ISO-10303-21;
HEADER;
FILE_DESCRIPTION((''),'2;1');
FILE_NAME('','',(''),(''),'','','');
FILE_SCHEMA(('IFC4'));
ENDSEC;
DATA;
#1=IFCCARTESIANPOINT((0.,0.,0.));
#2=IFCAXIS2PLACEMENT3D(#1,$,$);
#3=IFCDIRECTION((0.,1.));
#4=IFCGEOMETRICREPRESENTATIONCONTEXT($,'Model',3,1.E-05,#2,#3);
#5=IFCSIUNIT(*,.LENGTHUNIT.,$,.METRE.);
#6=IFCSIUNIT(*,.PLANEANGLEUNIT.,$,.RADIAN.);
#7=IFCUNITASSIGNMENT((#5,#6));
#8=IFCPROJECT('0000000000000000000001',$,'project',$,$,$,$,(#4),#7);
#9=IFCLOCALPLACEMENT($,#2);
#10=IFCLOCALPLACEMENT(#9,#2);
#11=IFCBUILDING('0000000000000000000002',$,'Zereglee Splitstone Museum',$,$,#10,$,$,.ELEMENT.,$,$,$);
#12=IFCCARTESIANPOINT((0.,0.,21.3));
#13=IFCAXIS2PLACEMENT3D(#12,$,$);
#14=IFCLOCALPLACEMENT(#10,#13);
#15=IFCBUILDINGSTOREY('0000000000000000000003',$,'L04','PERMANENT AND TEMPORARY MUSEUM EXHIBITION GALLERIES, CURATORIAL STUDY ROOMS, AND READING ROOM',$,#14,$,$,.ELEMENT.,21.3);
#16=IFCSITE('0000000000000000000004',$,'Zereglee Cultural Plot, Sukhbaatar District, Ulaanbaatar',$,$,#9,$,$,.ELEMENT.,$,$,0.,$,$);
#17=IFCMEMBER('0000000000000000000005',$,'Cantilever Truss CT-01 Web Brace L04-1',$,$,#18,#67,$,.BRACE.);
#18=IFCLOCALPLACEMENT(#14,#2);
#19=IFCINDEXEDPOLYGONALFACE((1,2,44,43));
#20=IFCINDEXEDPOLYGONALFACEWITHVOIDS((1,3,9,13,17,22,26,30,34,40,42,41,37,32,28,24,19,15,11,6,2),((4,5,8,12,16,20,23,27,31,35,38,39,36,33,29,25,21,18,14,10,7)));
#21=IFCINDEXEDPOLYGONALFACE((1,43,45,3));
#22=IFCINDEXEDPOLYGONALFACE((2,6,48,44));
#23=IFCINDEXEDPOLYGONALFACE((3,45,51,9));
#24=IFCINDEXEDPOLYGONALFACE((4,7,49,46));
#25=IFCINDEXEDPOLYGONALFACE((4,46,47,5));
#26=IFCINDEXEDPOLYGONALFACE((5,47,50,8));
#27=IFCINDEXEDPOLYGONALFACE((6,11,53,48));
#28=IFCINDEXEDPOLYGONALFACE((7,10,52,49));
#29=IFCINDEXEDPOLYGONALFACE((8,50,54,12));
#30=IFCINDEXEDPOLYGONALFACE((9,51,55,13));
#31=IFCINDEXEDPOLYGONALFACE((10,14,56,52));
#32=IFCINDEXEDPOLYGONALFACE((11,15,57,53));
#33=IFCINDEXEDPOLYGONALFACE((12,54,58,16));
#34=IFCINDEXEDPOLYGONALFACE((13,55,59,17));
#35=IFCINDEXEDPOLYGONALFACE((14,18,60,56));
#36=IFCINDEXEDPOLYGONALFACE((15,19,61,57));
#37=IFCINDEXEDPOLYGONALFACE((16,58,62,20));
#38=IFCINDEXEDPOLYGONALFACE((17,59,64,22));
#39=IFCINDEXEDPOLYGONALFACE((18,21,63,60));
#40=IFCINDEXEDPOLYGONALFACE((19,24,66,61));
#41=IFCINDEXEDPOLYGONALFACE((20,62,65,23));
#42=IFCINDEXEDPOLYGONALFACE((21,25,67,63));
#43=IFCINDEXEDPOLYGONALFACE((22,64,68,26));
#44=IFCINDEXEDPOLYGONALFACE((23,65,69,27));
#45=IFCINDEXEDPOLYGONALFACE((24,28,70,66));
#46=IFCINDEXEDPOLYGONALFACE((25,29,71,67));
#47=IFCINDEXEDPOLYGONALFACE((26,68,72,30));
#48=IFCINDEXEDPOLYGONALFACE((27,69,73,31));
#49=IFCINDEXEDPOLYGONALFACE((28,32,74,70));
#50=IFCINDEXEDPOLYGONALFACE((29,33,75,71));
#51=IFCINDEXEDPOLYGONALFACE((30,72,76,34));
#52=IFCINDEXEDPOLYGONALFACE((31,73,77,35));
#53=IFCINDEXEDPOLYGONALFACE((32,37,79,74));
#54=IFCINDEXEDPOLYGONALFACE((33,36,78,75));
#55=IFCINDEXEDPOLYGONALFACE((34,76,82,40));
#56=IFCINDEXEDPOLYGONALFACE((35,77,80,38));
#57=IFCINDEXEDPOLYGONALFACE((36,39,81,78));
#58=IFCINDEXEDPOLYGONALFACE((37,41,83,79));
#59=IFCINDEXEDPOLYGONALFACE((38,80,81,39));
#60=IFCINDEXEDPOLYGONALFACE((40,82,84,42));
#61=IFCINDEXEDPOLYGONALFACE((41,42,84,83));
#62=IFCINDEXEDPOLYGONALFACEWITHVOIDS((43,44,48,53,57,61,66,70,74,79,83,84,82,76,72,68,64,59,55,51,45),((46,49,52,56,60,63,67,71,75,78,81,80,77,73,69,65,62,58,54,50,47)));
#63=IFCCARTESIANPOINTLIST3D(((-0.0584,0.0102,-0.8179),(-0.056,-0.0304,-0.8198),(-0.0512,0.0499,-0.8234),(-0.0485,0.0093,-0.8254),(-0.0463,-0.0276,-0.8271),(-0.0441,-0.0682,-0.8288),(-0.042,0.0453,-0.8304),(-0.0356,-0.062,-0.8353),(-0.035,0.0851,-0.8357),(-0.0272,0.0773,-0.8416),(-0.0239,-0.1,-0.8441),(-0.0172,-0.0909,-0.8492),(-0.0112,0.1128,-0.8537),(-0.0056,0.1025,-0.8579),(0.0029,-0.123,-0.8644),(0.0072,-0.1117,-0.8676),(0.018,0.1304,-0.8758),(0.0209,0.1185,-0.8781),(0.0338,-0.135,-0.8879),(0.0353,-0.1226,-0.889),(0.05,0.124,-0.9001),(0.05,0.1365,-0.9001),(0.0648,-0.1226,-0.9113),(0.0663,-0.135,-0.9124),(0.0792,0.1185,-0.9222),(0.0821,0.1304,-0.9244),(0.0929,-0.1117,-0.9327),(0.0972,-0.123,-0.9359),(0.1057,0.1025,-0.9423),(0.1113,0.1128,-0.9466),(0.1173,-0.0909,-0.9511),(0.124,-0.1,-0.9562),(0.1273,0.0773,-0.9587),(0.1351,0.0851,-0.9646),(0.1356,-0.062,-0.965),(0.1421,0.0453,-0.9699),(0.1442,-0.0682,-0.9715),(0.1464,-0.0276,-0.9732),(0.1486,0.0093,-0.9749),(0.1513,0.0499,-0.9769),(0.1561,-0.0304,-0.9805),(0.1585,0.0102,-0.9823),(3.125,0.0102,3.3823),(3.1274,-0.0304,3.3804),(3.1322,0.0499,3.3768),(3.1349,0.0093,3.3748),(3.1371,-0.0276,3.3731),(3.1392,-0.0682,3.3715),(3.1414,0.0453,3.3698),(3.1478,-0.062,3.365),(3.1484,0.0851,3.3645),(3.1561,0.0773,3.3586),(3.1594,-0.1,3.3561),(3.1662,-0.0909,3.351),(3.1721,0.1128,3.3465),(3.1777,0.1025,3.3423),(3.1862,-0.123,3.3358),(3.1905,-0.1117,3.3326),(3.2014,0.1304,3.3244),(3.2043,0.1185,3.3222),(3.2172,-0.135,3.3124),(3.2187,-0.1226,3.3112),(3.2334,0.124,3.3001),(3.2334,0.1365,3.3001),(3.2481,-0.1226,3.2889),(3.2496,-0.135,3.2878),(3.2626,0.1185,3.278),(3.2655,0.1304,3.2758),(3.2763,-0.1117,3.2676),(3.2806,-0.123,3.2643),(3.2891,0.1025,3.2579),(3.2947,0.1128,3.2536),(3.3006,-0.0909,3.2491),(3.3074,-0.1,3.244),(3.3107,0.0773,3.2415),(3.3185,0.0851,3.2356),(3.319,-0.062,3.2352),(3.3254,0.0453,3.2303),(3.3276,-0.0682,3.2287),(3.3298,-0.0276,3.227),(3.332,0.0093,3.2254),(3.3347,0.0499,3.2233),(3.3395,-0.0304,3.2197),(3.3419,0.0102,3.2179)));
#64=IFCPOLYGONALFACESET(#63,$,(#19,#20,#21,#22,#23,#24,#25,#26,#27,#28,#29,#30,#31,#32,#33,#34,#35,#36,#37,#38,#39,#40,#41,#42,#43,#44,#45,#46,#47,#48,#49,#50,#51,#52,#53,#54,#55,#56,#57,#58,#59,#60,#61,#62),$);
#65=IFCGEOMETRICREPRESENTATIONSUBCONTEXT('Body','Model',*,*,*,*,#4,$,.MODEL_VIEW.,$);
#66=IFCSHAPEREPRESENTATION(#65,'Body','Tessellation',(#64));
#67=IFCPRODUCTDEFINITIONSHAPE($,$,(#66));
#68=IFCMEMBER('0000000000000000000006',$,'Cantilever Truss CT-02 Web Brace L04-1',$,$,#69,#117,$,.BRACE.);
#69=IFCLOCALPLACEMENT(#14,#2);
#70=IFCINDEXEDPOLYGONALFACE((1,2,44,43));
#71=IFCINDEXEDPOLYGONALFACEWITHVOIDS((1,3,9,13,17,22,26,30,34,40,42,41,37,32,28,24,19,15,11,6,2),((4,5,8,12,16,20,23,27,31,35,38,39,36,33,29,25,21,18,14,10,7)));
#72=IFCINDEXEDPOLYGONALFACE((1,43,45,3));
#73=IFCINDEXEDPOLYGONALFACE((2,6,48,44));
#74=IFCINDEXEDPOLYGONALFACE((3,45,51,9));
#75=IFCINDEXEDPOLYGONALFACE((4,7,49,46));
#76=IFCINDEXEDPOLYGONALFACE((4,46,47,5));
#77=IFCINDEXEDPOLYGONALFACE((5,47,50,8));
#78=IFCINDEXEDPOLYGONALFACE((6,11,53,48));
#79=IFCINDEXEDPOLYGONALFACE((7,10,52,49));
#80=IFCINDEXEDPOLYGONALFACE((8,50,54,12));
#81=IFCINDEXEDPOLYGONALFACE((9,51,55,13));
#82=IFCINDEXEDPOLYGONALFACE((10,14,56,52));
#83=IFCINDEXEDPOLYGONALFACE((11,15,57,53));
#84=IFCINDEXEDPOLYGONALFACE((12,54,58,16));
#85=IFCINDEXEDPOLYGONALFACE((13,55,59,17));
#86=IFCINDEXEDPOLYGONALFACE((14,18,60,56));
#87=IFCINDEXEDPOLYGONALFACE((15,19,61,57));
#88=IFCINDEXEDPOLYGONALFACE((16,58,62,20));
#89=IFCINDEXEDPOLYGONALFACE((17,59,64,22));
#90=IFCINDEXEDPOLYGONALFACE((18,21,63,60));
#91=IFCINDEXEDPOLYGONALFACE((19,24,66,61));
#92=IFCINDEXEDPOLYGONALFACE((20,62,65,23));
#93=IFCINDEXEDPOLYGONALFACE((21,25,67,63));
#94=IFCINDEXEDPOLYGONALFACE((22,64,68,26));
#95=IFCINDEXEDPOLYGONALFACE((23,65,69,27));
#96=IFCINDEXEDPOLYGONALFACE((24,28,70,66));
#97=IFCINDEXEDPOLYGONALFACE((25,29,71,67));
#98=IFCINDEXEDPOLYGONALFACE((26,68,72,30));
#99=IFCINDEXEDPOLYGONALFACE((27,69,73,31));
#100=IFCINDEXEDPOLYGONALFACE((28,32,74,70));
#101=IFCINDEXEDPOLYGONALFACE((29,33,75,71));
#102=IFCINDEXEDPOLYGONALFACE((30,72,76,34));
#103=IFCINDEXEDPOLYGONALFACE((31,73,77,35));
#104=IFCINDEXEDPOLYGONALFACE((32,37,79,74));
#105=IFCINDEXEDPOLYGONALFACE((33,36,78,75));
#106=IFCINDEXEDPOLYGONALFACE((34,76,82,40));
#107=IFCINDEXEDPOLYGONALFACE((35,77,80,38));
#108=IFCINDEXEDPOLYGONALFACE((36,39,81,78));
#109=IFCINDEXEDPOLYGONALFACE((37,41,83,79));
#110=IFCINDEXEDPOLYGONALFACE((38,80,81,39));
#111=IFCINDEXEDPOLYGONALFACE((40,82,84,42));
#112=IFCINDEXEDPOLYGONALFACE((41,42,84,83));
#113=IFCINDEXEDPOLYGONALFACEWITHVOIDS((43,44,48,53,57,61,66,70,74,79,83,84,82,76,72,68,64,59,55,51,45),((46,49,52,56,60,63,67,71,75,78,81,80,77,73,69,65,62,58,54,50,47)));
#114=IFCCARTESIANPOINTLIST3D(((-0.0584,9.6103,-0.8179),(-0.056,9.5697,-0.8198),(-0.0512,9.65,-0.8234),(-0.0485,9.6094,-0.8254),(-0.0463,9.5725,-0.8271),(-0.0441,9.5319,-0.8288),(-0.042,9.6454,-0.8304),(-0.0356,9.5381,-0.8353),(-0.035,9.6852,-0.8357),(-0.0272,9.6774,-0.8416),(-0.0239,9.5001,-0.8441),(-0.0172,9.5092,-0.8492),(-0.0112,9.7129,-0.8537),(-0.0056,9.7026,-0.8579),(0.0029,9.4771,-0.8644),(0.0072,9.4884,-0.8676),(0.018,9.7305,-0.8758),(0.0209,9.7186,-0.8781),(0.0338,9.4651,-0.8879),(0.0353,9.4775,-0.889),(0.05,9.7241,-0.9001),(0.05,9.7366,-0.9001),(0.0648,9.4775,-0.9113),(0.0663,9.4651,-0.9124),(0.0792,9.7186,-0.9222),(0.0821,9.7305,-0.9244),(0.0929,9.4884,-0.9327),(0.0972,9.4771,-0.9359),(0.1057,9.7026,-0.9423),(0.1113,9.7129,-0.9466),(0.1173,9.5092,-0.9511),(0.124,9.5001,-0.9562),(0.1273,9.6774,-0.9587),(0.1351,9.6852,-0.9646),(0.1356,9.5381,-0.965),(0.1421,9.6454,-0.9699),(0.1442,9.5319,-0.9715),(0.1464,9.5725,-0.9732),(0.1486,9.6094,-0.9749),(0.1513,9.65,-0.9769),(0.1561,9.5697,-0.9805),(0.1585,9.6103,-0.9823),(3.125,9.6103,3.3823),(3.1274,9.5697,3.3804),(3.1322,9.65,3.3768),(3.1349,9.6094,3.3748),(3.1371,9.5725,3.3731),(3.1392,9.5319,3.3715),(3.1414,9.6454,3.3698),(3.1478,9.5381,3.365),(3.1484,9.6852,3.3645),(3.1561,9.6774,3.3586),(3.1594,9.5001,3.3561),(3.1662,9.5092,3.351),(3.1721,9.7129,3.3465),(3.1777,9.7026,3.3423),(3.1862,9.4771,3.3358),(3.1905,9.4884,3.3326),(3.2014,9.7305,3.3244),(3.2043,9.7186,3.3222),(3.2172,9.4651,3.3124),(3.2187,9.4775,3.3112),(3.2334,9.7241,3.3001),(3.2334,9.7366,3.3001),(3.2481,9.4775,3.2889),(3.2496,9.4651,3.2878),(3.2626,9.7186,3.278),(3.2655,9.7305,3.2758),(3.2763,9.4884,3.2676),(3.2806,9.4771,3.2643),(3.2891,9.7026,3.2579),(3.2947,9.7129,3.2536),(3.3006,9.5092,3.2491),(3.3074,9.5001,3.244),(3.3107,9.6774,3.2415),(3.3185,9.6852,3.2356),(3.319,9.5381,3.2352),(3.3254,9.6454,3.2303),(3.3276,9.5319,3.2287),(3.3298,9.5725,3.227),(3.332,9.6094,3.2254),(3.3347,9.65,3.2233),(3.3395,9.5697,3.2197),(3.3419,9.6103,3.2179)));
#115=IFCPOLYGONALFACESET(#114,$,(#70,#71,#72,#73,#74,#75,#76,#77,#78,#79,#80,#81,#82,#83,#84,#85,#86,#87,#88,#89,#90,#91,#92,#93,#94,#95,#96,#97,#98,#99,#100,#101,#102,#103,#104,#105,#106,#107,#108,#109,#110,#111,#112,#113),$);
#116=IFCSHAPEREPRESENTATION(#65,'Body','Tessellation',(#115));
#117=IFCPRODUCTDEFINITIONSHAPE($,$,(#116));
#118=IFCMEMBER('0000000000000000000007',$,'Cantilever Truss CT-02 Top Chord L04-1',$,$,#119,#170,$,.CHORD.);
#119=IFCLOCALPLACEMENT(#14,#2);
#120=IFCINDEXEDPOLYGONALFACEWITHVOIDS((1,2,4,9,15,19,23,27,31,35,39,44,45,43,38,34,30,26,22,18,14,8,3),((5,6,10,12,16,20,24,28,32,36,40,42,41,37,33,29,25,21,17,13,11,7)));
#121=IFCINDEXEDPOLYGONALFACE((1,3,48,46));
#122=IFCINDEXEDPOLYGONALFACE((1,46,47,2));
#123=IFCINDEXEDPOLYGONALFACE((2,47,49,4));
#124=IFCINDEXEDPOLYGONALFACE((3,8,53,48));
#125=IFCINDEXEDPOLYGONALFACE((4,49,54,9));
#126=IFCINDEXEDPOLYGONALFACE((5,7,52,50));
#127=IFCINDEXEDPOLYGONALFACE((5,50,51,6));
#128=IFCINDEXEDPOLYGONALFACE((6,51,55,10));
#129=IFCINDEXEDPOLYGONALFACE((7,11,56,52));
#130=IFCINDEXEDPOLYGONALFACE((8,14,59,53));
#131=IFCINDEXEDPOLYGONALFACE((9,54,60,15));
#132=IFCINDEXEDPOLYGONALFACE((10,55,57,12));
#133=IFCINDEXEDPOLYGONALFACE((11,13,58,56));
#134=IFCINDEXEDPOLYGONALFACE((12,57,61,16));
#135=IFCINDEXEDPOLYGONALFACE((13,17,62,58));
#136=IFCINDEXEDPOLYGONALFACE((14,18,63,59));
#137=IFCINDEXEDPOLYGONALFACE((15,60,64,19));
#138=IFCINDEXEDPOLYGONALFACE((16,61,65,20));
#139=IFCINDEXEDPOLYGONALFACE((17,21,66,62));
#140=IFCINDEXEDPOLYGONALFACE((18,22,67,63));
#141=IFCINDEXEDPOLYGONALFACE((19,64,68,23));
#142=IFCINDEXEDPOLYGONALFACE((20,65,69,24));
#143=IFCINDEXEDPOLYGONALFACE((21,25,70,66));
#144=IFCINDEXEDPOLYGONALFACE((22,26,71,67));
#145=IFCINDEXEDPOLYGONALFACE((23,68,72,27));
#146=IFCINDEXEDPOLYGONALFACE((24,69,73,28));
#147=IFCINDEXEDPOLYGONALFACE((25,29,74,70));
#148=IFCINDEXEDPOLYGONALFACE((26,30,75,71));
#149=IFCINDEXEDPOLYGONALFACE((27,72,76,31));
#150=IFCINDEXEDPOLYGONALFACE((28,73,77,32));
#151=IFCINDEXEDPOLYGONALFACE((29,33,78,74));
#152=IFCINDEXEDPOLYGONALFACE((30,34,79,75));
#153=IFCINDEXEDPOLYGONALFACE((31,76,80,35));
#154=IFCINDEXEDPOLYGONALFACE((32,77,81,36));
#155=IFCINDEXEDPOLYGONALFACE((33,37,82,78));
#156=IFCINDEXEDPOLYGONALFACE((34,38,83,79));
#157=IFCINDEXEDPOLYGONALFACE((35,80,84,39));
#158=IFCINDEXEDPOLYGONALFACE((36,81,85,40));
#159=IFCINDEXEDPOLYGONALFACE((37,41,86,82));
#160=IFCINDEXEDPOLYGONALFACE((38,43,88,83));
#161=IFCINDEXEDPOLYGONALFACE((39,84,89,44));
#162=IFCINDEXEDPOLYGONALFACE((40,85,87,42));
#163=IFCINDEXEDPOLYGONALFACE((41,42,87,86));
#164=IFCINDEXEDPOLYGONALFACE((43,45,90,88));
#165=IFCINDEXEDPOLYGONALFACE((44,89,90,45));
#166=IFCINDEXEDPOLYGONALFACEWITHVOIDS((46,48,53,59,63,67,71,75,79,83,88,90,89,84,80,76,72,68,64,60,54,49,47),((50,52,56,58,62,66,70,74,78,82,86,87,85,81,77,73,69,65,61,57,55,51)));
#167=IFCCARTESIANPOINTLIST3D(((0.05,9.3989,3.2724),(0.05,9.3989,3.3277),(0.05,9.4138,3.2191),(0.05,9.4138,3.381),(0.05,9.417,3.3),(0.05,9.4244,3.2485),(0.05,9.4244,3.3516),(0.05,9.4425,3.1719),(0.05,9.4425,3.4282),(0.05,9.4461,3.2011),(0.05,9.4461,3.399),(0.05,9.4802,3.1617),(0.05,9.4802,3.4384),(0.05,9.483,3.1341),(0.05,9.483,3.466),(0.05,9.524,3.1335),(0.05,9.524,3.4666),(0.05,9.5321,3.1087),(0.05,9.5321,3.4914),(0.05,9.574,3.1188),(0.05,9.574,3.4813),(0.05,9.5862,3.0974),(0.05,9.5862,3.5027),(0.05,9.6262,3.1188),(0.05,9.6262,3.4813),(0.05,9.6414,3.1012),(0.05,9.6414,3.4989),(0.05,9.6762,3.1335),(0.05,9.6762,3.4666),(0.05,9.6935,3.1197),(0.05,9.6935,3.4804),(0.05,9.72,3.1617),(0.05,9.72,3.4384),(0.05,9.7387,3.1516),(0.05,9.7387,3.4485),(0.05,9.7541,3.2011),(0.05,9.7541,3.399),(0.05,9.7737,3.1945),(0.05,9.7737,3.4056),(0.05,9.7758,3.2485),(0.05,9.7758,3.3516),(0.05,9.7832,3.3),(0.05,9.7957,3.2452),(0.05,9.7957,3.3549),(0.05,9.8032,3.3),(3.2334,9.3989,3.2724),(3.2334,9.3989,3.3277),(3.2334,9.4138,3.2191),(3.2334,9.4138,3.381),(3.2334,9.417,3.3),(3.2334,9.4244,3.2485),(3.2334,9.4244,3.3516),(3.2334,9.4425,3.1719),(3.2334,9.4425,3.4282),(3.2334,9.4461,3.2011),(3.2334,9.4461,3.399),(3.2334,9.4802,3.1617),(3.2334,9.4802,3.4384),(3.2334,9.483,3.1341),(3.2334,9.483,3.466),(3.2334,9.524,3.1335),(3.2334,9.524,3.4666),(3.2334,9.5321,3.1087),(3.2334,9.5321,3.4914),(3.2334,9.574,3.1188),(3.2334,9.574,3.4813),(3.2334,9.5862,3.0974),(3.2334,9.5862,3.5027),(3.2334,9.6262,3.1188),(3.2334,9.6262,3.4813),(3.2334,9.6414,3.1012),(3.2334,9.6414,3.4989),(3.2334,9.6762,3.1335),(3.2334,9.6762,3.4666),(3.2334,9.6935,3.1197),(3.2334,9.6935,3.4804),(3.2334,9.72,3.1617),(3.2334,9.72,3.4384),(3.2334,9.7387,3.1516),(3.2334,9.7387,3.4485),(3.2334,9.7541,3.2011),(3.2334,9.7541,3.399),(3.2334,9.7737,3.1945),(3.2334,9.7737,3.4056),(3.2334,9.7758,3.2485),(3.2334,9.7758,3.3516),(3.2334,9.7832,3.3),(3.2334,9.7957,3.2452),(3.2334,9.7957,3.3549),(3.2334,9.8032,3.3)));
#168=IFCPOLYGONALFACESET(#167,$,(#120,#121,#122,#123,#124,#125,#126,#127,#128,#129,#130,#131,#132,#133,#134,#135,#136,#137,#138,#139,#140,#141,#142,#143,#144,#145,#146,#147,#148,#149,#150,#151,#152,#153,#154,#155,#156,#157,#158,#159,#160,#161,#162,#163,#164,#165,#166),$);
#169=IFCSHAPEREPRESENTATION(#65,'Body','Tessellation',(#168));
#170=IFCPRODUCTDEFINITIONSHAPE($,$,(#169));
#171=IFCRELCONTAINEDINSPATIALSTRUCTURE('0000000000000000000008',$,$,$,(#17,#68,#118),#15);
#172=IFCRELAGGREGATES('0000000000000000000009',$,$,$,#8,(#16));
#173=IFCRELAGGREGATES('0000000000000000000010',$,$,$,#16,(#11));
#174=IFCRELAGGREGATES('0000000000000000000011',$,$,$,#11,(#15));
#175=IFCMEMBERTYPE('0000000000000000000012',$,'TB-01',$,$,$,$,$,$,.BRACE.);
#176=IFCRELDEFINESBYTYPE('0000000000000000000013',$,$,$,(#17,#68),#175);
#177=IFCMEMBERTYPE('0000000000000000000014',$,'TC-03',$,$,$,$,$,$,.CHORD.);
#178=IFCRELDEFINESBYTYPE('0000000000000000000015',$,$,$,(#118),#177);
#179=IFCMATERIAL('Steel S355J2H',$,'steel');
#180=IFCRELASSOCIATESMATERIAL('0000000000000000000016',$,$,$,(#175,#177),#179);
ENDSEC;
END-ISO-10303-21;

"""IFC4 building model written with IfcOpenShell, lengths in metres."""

from ifc_helpers import new_model, si_unit, direction, frame, origin, origin_2d, place, context, subcontext, project, spatial, hollow_circle, extrude, material, material_profile, profile_set, type_object, element, save


model = new_model("IFC4")

# Units and contexts
model_context = context("Model", 3, precision=1e-05, world=origin(), true_north=direction((0.0, 1.0)))
body_context = subcontext(model_context, "Body", "Model", "MODEL_VIEW")
ifc_project = project(units=[si_unit("LENGTHUNIT", "METRE"), si_unit("PLANEANGLEUNIT", "RADIAN")], contexts=[model_context])

# Site, building, storey
site_placement = place(None, origin())
site = spatial("IfcSite", under=ifc_project, at=site_placement, Name="Zereglee Cultural Plot, Sukhbaatar District, Ulaanbaatar", CompositionType="ELEMENT", RefElevation=0.0)
building_placement = place(site_placement, origin())
building = spatial("IfcBuilding", under=site, at=building_placement, Name="Zereglee Splitstone Museum", CompositionType="ELEMENT")
storey_placement = place(building_placement, frame((0.0, 0.0, 21.3)))
storey = spatial("IfcBuildingStorey", under=building, at=storey_placement, Name="L04", Description="PERMANENT AND TEMPORARY MUSEUM EXHIBITION GALLERIES, CURATORIAL STUDY ROOMS, AND READING ROOM", CompositionType="ELEMENT", Elevation=21.3)

# Members
ifc_material_1 = material(Name="Steel S355J2H", Category="steel")
ifc_material_profile_1 = material_profile(ifc_material_1, hollow_circle(Radius=0.1365, WallThickness=0.0125, at=origin_2d()), Name="CHS 273.0x12.5")
ifc_profile_set_1 = profile_set([ifc_material_profile_1], Name="Steel S355J2H")
member_type_1 = type_object("IfcMemberType", Name="TB-01", PredefinedType="BRACE", material=ifc_profile_set_1)
for number, where, z_axis, x_axis, name in (
    (1, (0.05, 0.0, -0.9001), (0.604024, 0.0, 0.796966), (0.0, 1.0, 0.0), "Cantilever Truss CT-01 Web Brace L04-1"),
    (2, (0.05, 9.6001, -0.9001), (0.604024, 0.0, 0.796966), (0.0, 1.0, 0.0), "Cantilever Truss CT-02 Web Brace L04-1"),
):
    element("IfcMember", number, at=place(storey_placement, frame(where, z_axis=z_axis, x_axis=x_axis)), inside=storey, type_object=member_type_1, Name=name, PredefinedType="BRACE", context=body_context, shape_type="SweptSolid", body=[
        extrude(hollow_circle(Radius=0.1365, WallThickness=0.0125, at=origin_2d()), origin(), (0.0, 0.0, 1.0), 5.2703),
    ])
ifc_material_profile_2 = material_profile(ifc_material_1, hollow_circle(Radius=0.2031, WallThickness=0.02, at=origin_2d()), Name="CHS 406.4x20")
ifc_profile_set_2 = profile_set([ifc_material_profile_2], Name="Steel S355J2H")
member_type_2 = type_object("IfcMemberType", Name="TC-03", PredefinedType="CHORD", material=ifc_profile_set_2)
member_1_placement = place(storey_placement, frame((0.05, 9.6001, 3.3), z_axis=(1.0, 0.0, 0.0), x_axis=(0.0, 1.0, 0.0)))
element("IfcMember", 3, at=member_1_placement, inside=storey, type_object=member_type_2, Name="Cantilever Truss CT-02 Top Chord L04-1", PredefinedType="CHORD", context=body_context, shape_type="SweptSolid", body=[
    extrude(hollow_circle(Radius=0.2031, WallThickness=0.02, at=origin_2d()), origin(), (0.0, 0.0, 1.0), 3.1833),
])

save(model, "model.ifc")
